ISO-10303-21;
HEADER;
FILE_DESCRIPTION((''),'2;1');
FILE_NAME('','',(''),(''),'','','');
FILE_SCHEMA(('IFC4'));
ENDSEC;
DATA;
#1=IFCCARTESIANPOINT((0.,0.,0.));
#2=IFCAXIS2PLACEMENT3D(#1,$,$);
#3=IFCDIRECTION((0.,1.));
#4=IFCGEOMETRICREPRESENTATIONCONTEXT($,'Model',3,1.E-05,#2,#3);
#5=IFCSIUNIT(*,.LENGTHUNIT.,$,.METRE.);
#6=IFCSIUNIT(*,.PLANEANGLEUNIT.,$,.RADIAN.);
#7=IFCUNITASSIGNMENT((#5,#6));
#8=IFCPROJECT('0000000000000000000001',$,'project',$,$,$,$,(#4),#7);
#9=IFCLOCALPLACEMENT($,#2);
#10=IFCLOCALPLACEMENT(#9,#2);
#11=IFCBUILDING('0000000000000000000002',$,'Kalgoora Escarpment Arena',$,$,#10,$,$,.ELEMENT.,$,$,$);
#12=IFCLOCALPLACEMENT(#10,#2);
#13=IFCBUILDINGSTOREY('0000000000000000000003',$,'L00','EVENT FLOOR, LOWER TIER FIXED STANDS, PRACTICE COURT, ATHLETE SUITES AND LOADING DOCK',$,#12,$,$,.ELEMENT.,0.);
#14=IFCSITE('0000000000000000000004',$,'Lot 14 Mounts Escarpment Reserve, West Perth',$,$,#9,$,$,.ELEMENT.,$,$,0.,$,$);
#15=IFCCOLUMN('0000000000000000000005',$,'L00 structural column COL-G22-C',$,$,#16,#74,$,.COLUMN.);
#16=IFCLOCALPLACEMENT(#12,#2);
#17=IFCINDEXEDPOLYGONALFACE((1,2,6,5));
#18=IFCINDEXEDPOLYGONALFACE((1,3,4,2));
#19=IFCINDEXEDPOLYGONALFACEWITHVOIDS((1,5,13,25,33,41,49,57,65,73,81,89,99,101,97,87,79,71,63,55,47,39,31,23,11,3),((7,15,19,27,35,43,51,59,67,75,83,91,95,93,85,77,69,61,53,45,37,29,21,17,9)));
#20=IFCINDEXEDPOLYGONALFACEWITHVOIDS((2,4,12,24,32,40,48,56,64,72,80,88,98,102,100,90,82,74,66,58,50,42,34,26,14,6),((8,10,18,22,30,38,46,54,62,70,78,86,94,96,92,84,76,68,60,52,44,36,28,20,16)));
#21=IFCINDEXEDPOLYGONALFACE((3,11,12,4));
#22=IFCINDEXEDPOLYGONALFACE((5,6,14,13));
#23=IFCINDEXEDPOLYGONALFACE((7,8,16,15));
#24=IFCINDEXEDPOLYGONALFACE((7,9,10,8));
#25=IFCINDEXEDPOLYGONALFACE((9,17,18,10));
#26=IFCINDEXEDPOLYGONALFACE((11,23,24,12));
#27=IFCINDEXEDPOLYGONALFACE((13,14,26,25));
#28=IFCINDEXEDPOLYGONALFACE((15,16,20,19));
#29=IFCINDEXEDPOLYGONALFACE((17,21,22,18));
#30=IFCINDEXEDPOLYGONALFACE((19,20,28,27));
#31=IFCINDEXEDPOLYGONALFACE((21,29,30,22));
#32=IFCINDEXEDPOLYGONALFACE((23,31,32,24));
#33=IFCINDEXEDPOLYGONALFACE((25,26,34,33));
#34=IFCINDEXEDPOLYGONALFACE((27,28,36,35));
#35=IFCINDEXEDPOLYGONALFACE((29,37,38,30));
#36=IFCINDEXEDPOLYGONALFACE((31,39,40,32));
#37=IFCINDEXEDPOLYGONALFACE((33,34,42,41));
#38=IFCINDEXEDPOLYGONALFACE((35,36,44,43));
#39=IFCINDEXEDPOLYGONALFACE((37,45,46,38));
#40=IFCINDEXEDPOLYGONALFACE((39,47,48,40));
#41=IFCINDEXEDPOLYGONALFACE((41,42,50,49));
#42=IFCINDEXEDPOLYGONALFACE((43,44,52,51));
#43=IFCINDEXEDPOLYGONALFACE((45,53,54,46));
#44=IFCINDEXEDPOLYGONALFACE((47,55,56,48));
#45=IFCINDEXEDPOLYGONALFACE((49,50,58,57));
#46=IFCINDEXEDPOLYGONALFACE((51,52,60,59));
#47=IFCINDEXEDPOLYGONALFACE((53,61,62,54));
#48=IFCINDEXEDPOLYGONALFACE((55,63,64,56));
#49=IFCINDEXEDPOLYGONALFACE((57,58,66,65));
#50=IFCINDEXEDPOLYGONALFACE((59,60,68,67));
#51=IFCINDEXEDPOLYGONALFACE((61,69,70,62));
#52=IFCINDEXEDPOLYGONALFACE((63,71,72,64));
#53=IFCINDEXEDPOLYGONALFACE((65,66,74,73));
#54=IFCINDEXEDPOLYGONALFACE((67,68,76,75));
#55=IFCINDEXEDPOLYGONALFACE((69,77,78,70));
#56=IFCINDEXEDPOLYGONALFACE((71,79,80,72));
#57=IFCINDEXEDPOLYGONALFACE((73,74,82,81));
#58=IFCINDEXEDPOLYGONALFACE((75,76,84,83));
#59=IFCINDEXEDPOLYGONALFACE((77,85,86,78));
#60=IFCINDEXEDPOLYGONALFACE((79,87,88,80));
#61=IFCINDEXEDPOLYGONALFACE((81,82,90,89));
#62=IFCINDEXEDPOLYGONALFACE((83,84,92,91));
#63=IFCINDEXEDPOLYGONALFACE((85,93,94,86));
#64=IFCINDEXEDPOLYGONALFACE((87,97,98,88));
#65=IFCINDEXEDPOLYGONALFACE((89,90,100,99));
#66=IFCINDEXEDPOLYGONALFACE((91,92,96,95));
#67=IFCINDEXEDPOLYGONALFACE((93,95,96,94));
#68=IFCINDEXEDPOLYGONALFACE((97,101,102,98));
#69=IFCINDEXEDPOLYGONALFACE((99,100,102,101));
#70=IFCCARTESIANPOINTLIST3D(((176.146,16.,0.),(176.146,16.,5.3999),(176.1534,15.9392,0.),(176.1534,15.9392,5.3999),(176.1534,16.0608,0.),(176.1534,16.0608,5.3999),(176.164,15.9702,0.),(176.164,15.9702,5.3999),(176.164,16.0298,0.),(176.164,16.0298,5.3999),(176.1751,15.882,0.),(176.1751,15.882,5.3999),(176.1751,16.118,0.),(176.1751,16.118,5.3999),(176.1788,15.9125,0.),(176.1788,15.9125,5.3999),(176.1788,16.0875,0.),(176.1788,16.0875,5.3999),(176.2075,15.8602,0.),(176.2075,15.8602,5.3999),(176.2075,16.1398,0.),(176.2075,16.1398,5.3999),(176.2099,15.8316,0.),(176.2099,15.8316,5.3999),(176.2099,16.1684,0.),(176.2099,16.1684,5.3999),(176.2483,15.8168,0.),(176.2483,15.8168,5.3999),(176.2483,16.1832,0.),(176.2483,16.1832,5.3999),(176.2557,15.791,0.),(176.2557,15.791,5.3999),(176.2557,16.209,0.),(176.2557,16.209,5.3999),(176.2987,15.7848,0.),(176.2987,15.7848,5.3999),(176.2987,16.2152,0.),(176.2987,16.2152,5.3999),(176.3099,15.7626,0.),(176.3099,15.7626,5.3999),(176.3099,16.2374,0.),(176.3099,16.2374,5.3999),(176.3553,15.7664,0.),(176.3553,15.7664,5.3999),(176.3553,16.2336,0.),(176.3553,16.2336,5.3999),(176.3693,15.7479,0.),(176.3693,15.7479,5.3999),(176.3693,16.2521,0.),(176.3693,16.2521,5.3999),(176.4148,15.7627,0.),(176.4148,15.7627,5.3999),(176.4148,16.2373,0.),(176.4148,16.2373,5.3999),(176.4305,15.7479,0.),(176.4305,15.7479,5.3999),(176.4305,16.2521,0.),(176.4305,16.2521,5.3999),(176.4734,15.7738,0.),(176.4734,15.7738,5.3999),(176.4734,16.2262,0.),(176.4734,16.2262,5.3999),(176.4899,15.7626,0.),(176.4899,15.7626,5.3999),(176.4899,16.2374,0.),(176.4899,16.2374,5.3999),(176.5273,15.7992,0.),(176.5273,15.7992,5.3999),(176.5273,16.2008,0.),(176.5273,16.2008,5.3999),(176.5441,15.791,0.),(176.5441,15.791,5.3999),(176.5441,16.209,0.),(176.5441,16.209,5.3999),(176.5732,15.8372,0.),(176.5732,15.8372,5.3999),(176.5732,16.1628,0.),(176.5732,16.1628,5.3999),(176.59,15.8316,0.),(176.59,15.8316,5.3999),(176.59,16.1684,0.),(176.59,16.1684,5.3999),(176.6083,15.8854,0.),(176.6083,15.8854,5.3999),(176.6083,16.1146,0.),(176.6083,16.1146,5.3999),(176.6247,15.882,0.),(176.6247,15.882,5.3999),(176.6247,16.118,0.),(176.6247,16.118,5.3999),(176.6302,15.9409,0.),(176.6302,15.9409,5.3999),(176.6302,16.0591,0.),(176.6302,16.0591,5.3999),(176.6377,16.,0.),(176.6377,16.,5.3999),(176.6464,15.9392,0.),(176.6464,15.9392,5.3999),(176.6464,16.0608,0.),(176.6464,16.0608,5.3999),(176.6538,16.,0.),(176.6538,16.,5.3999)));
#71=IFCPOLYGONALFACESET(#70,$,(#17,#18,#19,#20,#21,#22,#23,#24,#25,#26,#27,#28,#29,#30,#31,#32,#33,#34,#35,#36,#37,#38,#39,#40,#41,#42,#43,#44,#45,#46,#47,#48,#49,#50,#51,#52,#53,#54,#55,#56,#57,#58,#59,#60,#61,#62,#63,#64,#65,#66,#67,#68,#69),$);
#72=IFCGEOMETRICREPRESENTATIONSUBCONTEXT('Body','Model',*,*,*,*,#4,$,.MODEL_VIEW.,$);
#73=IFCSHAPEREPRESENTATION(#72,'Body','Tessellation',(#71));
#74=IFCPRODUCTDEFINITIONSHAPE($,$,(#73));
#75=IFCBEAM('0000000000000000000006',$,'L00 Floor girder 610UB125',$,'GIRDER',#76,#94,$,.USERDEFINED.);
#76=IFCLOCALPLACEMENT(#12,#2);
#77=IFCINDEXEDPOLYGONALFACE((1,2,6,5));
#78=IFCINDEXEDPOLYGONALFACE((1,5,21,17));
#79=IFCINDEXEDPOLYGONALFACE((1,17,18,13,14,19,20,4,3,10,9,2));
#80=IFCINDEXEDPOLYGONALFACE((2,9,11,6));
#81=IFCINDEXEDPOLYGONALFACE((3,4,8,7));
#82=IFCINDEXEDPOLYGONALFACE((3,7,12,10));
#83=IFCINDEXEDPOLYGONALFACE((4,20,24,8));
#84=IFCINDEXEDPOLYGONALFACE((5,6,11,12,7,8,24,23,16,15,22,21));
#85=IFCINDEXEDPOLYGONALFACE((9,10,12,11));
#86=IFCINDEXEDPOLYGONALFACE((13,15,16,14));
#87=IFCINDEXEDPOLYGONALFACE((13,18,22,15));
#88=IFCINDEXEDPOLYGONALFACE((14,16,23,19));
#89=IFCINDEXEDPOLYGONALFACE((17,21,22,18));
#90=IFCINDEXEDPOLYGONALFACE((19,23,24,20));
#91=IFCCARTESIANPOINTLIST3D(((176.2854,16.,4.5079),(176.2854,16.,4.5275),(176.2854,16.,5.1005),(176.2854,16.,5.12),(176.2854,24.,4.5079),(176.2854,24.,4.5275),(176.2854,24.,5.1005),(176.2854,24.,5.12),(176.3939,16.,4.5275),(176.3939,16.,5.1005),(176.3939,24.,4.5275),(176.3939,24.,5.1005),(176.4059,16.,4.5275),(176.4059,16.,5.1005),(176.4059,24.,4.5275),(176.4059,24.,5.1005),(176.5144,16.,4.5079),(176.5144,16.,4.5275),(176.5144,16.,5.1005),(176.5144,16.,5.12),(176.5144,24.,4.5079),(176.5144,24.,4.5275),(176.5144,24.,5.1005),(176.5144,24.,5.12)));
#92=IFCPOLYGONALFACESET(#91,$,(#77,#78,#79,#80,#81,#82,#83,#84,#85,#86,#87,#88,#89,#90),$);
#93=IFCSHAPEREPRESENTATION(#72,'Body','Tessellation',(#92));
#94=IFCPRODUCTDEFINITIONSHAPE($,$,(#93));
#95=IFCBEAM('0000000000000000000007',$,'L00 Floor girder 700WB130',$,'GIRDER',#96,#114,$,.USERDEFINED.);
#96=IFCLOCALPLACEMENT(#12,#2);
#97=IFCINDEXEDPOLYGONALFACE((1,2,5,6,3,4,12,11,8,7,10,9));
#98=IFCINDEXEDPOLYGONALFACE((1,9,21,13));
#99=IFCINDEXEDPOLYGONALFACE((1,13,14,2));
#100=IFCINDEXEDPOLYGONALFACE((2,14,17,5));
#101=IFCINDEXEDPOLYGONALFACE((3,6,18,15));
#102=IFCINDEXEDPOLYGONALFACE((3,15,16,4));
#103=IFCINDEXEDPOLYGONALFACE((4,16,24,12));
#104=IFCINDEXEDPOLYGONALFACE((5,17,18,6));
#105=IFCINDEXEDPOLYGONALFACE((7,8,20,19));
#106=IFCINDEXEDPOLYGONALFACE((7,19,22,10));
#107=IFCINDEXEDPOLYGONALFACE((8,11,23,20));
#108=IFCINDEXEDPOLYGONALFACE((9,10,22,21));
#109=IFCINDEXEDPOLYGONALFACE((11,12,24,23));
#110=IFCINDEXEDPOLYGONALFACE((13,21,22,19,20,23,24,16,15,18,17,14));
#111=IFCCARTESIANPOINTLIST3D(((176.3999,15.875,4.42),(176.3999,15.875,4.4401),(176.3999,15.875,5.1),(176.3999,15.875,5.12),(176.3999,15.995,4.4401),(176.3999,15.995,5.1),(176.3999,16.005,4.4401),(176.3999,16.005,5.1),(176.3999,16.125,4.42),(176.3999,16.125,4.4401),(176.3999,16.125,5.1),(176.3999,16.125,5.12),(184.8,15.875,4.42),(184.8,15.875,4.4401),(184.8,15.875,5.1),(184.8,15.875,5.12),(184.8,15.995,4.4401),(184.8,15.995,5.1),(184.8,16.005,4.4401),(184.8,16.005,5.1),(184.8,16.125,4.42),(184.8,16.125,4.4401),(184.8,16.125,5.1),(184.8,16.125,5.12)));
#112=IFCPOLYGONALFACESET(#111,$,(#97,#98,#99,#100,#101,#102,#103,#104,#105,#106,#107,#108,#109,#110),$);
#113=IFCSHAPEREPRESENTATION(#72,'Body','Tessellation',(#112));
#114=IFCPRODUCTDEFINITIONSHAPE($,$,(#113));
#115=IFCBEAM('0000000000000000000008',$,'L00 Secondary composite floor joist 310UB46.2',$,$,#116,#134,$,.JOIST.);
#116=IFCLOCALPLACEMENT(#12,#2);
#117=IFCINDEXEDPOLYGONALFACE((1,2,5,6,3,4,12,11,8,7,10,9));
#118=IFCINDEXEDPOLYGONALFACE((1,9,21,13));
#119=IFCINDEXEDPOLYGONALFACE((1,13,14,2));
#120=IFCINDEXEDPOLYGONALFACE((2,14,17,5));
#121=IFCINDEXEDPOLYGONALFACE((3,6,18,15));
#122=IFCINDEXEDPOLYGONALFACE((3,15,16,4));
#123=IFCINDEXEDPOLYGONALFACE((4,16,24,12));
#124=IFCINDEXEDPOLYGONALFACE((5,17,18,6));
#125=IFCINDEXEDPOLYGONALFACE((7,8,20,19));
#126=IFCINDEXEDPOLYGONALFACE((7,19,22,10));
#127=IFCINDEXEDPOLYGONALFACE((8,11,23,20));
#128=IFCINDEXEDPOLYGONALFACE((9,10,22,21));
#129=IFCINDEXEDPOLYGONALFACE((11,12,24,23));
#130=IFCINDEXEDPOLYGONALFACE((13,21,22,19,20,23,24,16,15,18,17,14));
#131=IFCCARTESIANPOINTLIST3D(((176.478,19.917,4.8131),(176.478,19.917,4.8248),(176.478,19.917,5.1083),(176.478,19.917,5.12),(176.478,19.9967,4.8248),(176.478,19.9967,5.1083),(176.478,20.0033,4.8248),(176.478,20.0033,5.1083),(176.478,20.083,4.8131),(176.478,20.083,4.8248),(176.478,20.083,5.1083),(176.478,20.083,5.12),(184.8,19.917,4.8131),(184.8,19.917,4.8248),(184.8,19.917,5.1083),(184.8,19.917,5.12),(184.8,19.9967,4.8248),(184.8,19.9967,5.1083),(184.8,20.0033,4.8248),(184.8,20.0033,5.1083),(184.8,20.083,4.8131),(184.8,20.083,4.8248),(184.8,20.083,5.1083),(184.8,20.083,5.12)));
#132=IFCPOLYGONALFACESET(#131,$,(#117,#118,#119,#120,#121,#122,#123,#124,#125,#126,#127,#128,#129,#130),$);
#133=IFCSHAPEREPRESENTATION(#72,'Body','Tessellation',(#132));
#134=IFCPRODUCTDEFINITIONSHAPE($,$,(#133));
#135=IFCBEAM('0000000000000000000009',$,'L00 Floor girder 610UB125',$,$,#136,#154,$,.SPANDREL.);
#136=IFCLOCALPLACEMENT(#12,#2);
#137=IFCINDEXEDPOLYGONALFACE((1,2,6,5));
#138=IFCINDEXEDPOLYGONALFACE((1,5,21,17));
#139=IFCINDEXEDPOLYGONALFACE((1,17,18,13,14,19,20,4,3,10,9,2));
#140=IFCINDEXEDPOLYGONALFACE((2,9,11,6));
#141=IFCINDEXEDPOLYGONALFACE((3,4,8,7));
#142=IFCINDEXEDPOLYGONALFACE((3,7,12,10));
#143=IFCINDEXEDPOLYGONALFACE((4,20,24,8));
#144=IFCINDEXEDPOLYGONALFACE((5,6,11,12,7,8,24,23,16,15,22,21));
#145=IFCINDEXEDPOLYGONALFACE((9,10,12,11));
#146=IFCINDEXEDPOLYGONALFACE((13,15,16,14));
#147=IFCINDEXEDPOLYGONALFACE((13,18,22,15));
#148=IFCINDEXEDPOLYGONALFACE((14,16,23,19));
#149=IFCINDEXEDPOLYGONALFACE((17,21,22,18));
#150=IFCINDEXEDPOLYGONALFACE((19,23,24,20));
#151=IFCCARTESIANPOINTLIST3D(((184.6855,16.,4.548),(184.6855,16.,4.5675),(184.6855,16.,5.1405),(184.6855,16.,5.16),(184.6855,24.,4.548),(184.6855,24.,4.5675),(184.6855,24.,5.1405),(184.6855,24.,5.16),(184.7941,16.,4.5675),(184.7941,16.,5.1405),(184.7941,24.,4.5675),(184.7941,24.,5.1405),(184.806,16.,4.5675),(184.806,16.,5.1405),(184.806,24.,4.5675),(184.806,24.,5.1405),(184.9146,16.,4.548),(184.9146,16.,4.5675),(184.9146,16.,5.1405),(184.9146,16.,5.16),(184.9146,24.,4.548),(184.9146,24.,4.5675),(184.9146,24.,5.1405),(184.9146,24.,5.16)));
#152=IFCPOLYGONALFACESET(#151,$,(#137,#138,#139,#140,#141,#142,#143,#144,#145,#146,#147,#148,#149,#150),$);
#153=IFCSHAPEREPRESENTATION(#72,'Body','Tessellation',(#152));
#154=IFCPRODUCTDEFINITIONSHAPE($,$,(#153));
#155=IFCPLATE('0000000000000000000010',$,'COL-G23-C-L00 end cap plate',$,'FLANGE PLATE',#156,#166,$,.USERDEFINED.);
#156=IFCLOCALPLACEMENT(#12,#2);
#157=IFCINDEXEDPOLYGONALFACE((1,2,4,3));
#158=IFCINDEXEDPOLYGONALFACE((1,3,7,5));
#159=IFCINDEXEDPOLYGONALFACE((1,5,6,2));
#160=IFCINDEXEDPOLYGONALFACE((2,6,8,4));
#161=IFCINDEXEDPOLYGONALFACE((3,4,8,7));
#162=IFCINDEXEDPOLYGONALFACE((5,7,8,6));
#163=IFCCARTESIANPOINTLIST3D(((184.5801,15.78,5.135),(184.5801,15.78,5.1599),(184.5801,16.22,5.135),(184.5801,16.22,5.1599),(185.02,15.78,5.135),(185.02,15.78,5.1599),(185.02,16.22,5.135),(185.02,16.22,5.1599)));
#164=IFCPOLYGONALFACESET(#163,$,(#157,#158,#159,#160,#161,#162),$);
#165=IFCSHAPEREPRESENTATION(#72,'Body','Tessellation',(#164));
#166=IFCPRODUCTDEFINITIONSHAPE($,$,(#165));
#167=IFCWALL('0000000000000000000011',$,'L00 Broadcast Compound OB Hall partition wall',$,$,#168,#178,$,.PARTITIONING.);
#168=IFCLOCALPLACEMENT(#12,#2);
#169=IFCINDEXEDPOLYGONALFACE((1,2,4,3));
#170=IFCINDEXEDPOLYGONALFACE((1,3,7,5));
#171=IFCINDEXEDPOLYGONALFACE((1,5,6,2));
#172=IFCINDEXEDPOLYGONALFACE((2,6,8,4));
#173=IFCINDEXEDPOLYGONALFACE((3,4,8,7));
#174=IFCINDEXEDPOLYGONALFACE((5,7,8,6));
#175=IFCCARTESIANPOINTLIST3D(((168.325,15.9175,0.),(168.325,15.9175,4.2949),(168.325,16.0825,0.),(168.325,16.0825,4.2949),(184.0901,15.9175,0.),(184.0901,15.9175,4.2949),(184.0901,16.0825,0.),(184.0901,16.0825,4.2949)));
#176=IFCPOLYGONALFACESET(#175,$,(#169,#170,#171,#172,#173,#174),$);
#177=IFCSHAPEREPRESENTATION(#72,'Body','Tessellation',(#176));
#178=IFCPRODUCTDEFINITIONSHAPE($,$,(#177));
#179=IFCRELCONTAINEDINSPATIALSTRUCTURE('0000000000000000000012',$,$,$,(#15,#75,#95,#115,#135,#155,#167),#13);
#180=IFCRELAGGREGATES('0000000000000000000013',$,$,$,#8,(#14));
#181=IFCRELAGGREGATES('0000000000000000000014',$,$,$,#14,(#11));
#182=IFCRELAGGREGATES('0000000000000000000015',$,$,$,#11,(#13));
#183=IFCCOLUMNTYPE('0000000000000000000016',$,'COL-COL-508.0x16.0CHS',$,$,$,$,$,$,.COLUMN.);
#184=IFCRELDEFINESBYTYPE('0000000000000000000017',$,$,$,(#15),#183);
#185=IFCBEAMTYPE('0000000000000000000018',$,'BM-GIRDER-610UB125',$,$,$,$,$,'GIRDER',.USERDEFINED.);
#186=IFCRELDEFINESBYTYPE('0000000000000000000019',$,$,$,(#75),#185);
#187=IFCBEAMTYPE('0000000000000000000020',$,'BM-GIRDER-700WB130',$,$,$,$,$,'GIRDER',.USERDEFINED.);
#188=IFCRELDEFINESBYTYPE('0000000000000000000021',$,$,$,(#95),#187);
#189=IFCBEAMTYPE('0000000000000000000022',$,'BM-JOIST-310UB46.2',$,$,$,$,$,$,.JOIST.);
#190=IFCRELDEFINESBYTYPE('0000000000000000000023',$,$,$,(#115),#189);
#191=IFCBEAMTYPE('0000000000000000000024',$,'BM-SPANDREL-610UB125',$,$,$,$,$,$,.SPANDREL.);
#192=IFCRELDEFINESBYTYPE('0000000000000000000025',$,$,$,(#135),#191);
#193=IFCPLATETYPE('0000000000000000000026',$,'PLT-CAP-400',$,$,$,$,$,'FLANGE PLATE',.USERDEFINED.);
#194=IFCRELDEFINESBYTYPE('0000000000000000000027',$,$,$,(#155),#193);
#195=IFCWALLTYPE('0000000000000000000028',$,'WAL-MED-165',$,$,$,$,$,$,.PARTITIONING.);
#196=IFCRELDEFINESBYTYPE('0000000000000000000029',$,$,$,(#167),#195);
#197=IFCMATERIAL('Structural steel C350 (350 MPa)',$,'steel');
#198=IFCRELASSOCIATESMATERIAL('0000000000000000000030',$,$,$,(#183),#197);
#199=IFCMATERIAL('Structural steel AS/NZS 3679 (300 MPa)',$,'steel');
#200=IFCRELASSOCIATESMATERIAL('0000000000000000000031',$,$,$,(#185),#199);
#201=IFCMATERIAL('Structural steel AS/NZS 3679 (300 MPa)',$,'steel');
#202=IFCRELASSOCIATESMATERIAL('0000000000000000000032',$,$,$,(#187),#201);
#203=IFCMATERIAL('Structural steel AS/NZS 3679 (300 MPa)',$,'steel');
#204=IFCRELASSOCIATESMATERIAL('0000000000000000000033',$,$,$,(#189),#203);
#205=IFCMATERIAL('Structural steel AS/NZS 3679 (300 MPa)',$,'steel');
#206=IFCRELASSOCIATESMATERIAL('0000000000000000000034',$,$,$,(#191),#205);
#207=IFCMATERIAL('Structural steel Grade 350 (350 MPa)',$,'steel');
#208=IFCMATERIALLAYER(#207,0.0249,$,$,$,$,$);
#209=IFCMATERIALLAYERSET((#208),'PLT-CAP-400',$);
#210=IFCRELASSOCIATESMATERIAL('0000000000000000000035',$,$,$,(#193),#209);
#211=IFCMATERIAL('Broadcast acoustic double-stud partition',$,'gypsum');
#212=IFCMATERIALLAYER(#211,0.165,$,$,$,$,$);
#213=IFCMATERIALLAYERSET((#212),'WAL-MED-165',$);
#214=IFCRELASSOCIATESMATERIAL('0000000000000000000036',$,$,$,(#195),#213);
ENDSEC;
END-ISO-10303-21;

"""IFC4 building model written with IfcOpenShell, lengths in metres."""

from ifc_helpers import new_model, si_unit, direction, frame, frame_2d, origin, origin_2d, place, context, subcontext, project, spatial, rectangle, hollow_circle, i_section, extrude, material, layer, layer_set, material_profile, profile_set, type_object, element, save


model = new_model("IFC4")

# Units and contexts
model_context = context("Model", 3, precision=1e-05, world=origin(), true_north=direction((0.0, 1.0)))
body_context = subcontext(model_context, "Body", "Model", "MODEL_VIEW")
ifc_project = project(units=[si_unit("LENGTHUNIT", "METRE"), si_unit("PLANEANGLEUNIT", "RADIAN")], contexts=[model_context])

# Site, building, storey
site_placement = place(None, origin())
site = spatial("IfcSite", under=ifc_project, at=site_placement, Name="Lot 14 Mounts Escarpment Reserve, West Perth", CompositionType="ELEMENT", RefElevation=0.0)
building_placement = place(site_placement, origin())
building = spatial("IfcBuilding", under=site, at=building_placement, Name="Kalgoora Escarpment Arena", CompositionType="ELEMENT")
storey_placement = place(building_placement, origin())
storey = spatial("IfcBuildingStorey", under=building, at=storey_placement, Name="L00", Description="EVENT FLOOR, LOWER TIER FIXED STANDS, PRACTICE COURT, ATHLETE SUITES AND LOADING DOCK", CompositionType="ELEMENT", Elevation=0.0)

# Column
ifc_material_1 = material(Name="Structural steel C350 (350 MPa)", Category="steel")
ifc_material_profile_1 = material_profile(ifc_material_1, hollow_circle(Radius=0.2539, WallThickness=0.0161, at=origin_2d()))
ifc_profile_set_1 = profile_set([ifc_material_profile_1], Name="Structural steel C350 (350 MPa)")
column_type_1 = type_object("IfcColumnType", Name="COL-COL-508.0x16.0CHS", PredefinedType="COLUMN", material=ifc_profile_set_1)
column_1_placement = place(storey_placement, frame((176.3999, 16.0, 0.0), z_axis=(0.0, 0.0, 1.0), x_axis=(1.0, 0.0, 0.0)))
element("IfcColumn", 1, at=column_1_placement, inside=storey, type_object=column_type_1, Name="L00 structural column COL-G22-C", PredefinedType="COLUMN", context=body_context, shape_type="SweptSolid", body=[
    extrude(hollow_circle(Radius=0.2539, WallThickness=0.0161, at=origin_2d()), origin(), (0.0, 0.0, 1.0), 5.3999),
])

# Beams
ifc_material_2 = material(Name="Structural steel AS/NZS 3679 (300 MPa)", Category="steel")
ifc_material_profile_2 = material_profile(ifc_material_2, i_section(OverallWidth=0.229, OverallDepth=0.6121, WebThickness=0.012, FlangeThickness=0.0195, at=origin_2d()))
ifc_profile_set_2 = profile_set([ifc_material_profile_2], Name="Structural steel AS/NZS 3679 (300 MPa)")
beam_type_1 = type_object("IfcBeamType", Name="BM-GIRDER-610UB125", ElementType="GIRDER", PredefinedType="USERDEFINED", material=ifc_profile_set_2)
beam_1_placement = place(storey_placement, frame((176.3999, 16.0, 4.814), z_axis=(0.0, 1.0, 0.0), x_axis=(-1.0, 0.0, 0.0)))
element("IfcBeam", 2, at=beam_1_placement, inside=storey, type_object=beam_type_1, Name="L00 Floor girder 610UB125", ObjectType="GIRDER", PredefinedType="USERDEFINED", context=body_context, shape_type="SweptSolid", body=[
    extrude(i_section(OverallWidth=0.229, OverallDepth=0.6121, WebThickness=0.012, FlangeThickness=0.0195, at=origin_2d()), origin(), (0.0, 0.0, 1.0), 8.0),
])
ifc_material_3 = material(Name="Structural steel AS/NZS 3679 (300 MPa)", Category="steel")
ifc_material_profile_3 = material_profile(ifc_material_3, i_section(OverallWidth=0.25, OverallDepth=0.7, WebThickness=0.01, FlangeThickness=0.02, at=origin_2d()))
ifc_profile_set_3 = profile_set([ifc_material_profile_3], Name="Structural steel AS/NZS 3679 (300 MPa)")
beam_type_2 = type_object("IfcBeamType", Name="BM-GIRDER-700WB130", ElementType="GIRDER", PredefinedType="USERDEFINED", material=ifc_profile_set_3)
beam_2_placement = place(storey_placement, frame((176.3999, 16.0, 4.77), z_axis=(1.0, 0.0, 0.0), x_axis=(0.0, 1.0, 0.0)))
element("IfcBeam", 3, at=beam_2_placement, inside=storey, type_object=beam_type_2, Name="L00 Floor girder 700WB130", ObjectType="GIRDER", PredefinedType="USERDEFINED", context=body_context, shape_type="SweptSolid", body=[
    extrude(i_section(OverallWidth=0.25, OverallDepth=0.7, WebThickness=0.01, FlangeThickness=0.02, at=origin_2d()), origin(), (0.0, 0.0, 1.0), 8.4001),
])
ifc_material_4 = material(Name="Structural steel AS/NZS 3679 (300 MPa)", Category="steel")
ifc_material_profile_4 = material_profile(ifc_material_4, i_section(OverallWidth=0.166, OverallDepth=0.3069, WebThickness=0.0066, FlangeThickness=0.0117, at=origin_2d()))
ifc_profile_set_4 = profile_set([ifc_material_profile_4], Name="Structural steel AS/NZS 3679 (300 MPa)")
beam_type_3 = type_object("IfcBeamType", Name="BM-JOIST-310UB46.2", PredefinedType="JOIST", material=ifc_profile_set_4)
beam_3_placement = place(storey_placement, frame((176.478, 20.0, 4.9666), z_axis=(1.0, 0.0, 0.0), x_axis=(0.0, 1.0, 0.0)))
element("IfcBeam", 4, at=beam_3_placement, inside=storey, type_object=beam_type_3, Name="L00 Secondary composite floor joist 310UB46.2", PredefinedType="JOIST", context=body_context, shape_type="SweptSolid", body=[
    extrude(i_section(OverallWidth=0.166, OverallDepth=0.3069, WebThickness=0.0066, FlangeThickness=0.0117, at=origin_2d()), origin(), (0.0, 0.0, 1.0), 8.322),
])
ifc_material_5 = material(Name="Structural steel AS/NZS 3679 (300 MPa)", Category="steel")
ifc_material_profile_5 = material_profile(ifc_material_5, i_section(OverallWidth=0.229, OverallDepth=0.6121, WebThickness=0.012, FlangeThickness=0.0195, at=origin_2d()))
ifc_profile_set_5 = profile_set([ifc_material_profile_5], Name="Structural steel AS/NZS 3679 (300 MPa)")
beam_type_4 = type_object("IfcBeamType", Name="BM-SPANDREL-610UB125", PredefinedType="SPANDREL", material=ifc_profile_set_5)
beam_4_placement = place(storey_placement, frame((184.8, 16.0, 4.854), z_axis=(0.0, 1.0, 0.0), x_axis=(-1.0, 0.0, 0.0)))
element("IfcBeam", 5, at=beam_4_placement, inside=storey, type_object=beam_type_4, Name="L00 Floor girder 610UB125", PredefinedType="SPANDREL", context=body_context, shape_type="SweptSolid", body=[
    extrude(i_section(OverallWidth=0.229, OverallDepth=0.6121, WebThickness=0.012, FlangeThickness=0.0195, at=origin_2d()), origin(), (0.0, 0.0, 1.0), 8.0),
])

# Plate
ifc_material_6 = material(Name="Structural steel Grade 350 (350 MPa)", Category="steel")
ifc_layer_1 = layer(ifc_material_6, 0.0249)
ifc_layer_set_1 = layer_set([ifc_layer_1], Name="PLT-CAP-400")
plate_type = type_object("IfcPlateType", Name="PLT-CAP-400", ElementType="FLANGE PLATE", PredefinedType="USERDEFINED", material=ifc_layer_set_1)
plate_placement = place(storey_placement, frame((184.8, 16.0, 5.135), z_axis=(0.0, 0.0, 1.0), x_axis=(1.0, 0.0, 0.0)))
element("IfcPlate", 6, at=plate_placement, inside=storey, type_object=plate_type, Name="COL-G23-C-L00 end cap plate", ObjectType="FLANGE PLATE", PredefinedType="USERDEFINED", context=body_context, shape_type="SweptSolid", body=[
    extrude(rectangle(XDim=0.4399, YDim=0.4399, at=origin_2d()), origin(), (0.0, 0.0, 1.0), 0.0249),
])

# Wall
ifc_material_7 = material(Name="Broadcast acoustic double-stud partition", Category="gypsum")
ifc_layer_2 = layer(ifc_material_7, 0.165)
ifc_layer_set_2 = layer_set([ifc_layer_2], Name="WAL-MED-165")
wall_type = type_object("IfcWallType", Name="WAL-MED-165", PredefinedType="PARTITIONING", material=ifc_layer_set_2)
wall_placement = place(storey_placement, frame((184.0901, 16.0, 0.0), z_axis=(0.0, 0.0, 1.0), x_axis=(-1.0, 0.0, 0.0)))
element("IfcWall", 7, at=wall_placement, inside=storey, type_object=wall_type, Name="L00 Broadcast Compound OB Hall partition wall", PredefinedType="PARTITIONING", context=body_context, shape_type="SweptSolid", body=[
    extrude(rectangle(XDim=15.7651, YDim=0.165, at=frame_2d((7.8826, 0.0))), origin(), (0.0, 0.0, 1.0), 4.2949),
])

save(model, "model.ifc")
